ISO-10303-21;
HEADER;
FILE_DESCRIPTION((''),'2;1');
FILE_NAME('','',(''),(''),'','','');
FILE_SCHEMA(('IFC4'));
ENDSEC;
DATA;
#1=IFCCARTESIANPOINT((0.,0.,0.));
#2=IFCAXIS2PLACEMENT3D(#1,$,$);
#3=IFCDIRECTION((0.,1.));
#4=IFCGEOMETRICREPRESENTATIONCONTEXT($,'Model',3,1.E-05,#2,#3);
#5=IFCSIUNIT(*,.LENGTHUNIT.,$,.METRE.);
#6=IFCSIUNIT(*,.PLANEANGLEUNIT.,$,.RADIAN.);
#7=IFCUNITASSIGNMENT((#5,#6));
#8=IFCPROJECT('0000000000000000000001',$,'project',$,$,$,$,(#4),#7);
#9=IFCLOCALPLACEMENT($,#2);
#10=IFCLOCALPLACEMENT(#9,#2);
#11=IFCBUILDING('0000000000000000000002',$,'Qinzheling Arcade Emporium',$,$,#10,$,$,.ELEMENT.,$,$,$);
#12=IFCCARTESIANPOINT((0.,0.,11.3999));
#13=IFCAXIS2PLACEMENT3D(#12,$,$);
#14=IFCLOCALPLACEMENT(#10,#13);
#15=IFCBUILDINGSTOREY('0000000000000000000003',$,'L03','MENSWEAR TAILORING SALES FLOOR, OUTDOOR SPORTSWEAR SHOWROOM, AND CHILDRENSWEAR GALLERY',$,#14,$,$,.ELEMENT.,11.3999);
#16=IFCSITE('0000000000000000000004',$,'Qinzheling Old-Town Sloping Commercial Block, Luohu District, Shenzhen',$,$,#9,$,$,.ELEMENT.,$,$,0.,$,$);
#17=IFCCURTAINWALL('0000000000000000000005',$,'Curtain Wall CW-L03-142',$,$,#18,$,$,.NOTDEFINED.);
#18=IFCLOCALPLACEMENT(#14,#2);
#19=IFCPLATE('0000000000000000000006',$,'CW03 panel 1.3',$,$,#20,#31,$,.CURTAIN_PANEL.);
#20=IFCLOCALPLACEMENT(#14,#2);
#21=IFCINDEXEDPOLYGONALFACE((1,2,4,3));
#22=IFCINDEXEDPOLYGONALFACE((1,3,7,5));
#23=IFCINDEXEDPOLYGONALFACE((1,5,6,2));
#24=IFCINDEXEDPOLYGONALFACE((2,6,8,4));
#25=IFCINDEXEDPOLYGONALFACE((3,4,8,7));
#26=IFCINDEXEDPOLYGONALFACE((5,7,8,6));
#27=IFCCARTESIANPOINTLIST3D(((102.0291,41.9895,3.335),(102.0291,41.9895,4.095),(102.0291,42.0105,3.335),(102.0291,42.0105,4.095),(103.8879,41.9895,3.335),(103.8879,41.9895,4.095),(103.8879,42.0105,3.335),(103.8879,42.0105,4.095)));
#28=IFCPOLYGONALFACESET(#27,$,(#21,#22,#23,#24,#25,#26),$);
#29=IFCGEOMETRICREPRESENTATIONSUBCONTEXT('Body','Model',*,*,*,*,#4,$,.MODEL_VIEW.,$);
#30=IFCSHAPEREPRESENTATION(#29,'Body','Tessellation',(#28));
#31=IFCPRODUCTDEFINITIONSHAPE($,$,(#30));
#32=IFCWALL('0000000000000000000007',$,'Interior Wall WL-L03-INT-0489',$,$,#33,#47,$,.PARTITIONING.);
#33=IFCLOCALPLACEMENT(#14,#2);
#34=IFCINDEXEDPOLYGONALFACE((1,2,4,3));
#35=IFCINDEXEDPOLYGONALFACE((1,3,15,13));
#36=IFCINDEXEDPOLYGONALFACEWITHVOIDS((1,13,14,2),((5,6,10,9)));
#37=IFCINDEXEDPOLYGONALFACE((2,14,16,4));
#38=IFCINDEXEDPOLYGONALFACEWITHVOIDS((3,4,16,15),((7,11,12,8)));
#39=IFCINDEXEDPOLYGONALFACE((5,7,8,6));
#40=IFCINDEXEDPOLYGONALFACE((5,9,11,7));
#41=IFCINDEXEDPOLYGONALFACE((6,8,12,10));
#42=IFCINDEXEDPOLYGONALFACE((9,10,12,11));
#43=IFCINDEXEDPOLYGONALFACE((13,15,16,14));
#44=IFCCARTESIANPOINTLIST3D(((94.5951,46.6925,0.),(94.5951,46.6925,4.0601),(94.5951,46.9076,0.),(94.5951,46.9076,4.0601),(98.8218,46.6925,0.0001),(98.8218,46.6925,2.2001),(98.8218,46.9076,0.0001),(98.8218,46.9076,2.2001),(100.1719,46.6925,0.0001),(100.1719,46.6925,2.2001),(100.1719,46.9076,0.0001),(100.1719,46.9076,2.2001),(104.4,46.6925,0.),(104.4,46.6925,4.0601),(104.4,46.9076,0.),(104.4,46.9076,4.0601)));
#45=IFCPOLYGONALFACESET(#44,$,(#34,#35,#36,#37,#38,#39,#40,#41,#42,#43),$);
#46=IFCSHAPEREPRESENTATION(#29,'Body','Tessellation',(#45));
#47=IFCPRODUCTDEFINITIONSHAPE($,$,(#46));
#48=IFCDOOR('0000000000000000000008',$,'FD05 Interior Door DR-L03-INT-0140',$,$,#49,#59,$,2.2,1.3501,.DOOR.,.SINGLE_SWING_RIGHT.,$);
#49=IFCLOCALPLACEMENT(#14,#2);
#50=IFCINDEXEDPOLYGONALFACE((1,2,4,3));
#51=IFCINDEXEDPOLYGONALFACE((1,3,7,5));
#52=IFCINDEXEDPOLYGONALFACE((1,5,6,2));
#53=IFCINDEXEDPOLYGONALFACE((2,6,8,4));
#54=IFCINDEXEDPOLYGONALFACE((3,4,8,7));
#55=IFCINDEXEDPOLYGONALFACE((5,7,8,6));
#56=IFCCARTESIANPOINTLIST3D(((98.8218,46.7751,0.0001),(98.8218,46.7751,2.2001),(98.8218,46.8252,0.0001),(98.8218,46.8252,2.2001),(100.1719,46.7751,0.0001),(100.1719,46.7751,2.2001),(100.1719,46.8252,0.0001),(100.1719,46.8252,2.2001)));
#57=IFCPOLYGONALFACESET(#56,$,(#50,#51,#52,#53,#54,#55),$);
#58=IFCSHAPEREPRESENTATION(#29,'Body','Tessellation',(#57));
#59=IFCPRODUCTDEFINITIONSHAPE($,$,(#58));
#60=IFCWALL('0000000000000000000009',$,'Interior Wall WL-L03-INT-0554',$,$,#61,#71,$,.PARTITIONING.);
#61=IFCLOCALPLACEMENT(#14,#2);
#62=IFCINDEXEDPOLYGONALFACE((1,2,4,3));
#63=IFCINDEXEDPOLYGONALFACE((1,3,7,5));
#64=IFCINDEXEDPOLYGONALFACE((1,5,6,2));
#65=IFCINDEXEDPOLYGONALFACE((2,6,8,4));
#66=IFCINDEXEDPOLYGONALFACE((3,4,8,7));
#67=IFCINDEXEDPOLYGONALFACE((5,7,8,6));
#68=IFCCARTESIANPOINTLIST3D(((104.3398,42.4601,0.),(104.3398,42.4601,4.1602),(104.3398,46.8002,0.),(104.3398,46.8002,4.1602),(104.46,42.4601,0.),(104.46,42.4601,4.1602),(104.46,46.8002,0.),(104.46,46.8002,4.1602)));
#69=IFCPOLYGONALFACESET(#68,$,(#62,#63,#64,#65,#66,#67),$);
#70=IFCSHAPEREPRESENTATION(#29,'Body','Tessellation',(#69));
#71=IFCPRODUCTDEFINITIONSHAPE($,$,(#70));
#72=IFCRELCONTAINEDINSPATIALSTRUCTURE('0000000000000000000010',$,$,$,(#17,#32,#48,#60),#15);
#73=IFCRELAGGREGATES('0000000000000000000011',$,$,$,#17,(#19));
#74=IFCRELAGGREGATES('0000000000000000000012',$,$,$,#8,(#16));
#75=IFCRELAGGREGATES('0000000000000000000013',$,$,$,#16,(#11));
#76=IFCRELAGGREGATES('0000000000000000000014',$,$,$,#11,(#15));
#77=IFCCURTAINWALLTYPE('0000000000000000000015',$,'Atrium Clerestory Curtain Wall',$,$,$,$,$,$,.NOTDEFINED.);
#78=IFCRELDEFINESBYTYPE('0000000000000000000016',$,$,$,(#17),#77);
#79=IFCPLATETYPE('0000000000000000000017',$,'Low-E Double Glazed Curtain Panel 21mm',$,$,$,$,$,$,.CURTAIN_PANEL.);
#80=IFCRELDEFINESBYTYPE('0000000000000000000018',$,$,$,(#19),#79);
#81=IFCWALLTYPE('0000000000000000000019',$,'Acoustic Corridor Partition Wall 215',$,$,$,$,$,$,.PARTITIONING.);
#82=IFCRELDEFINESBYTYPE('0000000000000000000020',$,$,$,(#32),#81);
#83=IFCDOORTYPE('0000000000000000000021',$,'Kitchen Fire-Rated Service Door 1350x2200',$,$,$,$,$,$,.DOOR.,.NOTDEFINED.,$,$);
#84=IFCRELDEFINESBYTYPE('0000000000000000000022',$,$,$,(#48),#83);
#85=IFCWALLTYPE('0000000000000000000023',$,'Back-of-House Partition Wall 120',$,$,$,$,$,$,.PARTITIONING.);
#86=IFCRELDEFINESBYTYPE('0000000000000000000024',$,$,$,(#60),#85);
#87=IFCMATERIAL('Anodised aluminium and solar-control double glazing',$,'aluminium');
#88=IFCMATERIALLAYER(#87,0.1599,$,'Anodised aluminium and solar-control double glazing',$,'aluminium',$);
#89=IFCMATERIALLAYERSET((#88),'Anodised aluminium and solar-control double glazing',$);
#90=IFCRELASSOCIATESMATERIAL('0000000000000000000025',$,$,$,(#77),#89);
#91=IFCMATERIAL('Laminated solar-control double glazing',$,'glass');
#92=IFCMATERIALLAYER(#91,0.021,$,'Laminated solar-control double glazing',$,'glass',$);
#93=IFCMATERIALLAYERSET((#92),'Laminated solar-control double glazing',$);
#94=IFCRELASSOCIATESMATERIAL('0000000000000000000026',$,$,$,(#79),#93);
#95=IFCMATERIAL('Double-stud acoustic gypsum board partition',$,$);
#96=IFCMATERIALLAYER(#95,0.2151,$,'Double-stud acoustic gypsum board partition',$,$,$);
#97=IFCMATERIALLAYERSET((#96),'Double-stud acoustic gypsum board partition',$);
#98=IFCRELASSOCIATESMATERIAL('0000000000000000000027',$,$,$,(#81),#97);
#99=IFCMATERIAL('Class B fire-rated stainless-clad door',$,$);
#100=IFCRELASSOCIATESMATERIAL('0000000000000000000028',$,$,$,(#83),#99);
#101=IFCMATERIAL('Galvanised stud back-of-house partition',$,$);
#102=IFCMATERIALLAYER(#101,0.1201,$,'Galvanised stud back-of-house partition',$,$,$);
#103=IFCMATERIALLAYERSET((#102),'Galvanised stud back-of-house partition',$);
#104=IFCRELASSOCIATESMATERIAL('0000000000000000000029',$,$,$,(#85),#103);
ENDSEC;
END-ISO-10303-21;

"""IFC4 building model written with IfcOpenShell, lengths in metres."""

from ifc_helpers import new_model, si_unit, direction, frame, frame_2d, origin, origin_2d, place, context, subcontext, project, spatial, rectangle, extrude, material, layer, layer_set, type_object, element, fill, aggregate, save


model = new_model("IFC4")

# Units and contexts
model_context = context("Model", 3, precision=1e-05, world=origin(), true_north=direction((0.0, 1.0)))
body_context = subcontext(model_context, "Body", "Model", "MODEL_VIEW")
ifc_project = project(units=[si_unit("LENGTHUNIT", "METRE"), si_unit("PLANEANGLEUNIT", "RADIAN")], contexts=[model_context])

# Site, building, storey
site_placement = place(None, origin())
site = spatial("IfcSite", under=ifc_project, at=site_placement, Name="Qinzheling Old-Town Sloping Commercial Block, Luohu District, Shenzhen", CompositionType="ELEMENT", RefElevation=0.0)
building_placement = place(site_placement, origin())
building = spatial("IfcBuilding", under=site, at=building_placement, Name="Qinzheling Arcade Emporium", CompositionType="ELEMENT")
storey_placement = place(building_placement, frame((0.0, 0.0, 11.3999)))
storey = spatial("IfcBuildingStorey", under=building, at=storey_placement, Name="L03", Description="MENSWEAR TAILORING SALES FLOOR, OUTDOOR SPORTSWEAR SHOWROOM, AND CHILDRENSWEAR GALLERY", CompositionType="ELEMENT", Elevation=11.3999)

# Curtain wall
ifc_material_1 = material(Name="Anodised aluminium and solar-control double glazing", Category="aluminium")
ifc_layer_1 = layer(ifc_material_1, 0.1599, Name="Anodised aluminium and solar-control double glazing", Category="aluminium")
ifc_layer_set_1 = layer_set([ifc_layer_1], Name="Anodised aluminium and solar-control double glazing")
curtain_wall_type = type_object("IfcCurtainWallType", Name="Atrium Clerestory Curtain Wall", PredefinedType="NOTDEFINED", material=ifc_layer_set_1)
curtain_wall_placement = place(storey_placement, origin())
curtain_wall = element("IfcCurtainWall", 1, at=curtain_wall_placement, inside=storey, type_object=curtain_wall_type, Name="Curtain Wall CW-L03-142", PredefinedType="NOTDEFINED")

# Plate
ifc_material_2 = material(Name="Laminated solar-control double glazing", Category="glass")
ifc_layer_2 = layer(ifc_material_2, 0.021, Name="Laminated solar-control double glazing", Category="glass")
ifc_layer_set_2 = layer_set([ifc_layer_2], Name="Laminated solar-control double glazing")
plate_type = type_object("IfcPlateType", Name="Low-E Double Glazed Curtain Panel 21mm", PredefinedType="CURTAIN_PANEL", material=ifc_layer_set_2)
plate_1_placement = place(storey_placement, frame((102.9585, 42.0, 3.335), z_axis=(0.0, 0.0, 1.0), x_axis=(-1.0, 0.0, 0.0)))
plate_1 = element("IfcPlate", 2, at=plate_1_placement, type_object=plate_type, Name="CW03 panel 1.3", PredefinedType="CURTAIN_PANEL", context=body_context, shape_type="SweptSolid", body=[
    extrude(rectangle(XDim=1.8589, YDim=0.021, at=origin_2d()), origin(), (0.0, 0.0, 1.0), 0.76),
])
aggregate(curtain_wall, [plate_1])

# Wall, opening, door
ifc_material_3 = material(Name="Double-stud acoustic gypsum board partition")
ifc_layer_3 = layer(ifc_material_3, 0.2151, Name="Double-stud acoustic gypsum board partition")
ifc_layer_set_3 = layer_set([ifc_layer_3], Name="Double-stud acoustic gypsum board partition")
wall_type_1 = type_object("IfcWallType", Name="Acoustic Corridor Partition Wall 215", PredefinedType="PARTITIONING", material=ifc_layer_set_3)
wall_1_placement = place(storey_placement, frame((104.3999, 46.8, 0.0), z_axis=(0.0, 0.0, 1.0), x_axis=(-1.0, 0.0, 0.0)))
wall_1 = element("IfcWall", 3, at=wall_1_placement, inside=storey, type_object=wall_type_1, Name="Interior Wall WL-L03-INT-0489", PredefinedType="PARTITIONING", context=body_context, shape_type="SweptSolid", body=[
    extrude(rectangle(XDim=9.8049, YDim=0.2151, at=frame_2d((4.9023, 0.0))), origin(), (0.0, 0.0, 1.0), 4.0601),
])
opening_placement = place(wall_1_placement, frame((4.228, 0.0, 0.0)))
opening = element("IfcOpeningElement", 4, at=opening_placement, cuts=wall_1, PredefinedType="OPENING", context=body_context, shape_type="SweptSolid", body=[
    extrude(rectangle(XDim=1.3501, YDim=2.2, at=frame_2d((0.675, 1.1001))), frame((0.0, 0.1177, 0.0), z_axis=(0.0, -1.0, 0.0), x_axis=(1.0, 0.0, 0.0)), (0.0, 0.0, 1.0), 0.2351),
])
ifc_material_4 = material(Name="Class B fire-rated stainless-clad door")
door_type = type_object("IfcDoorType", Name="Kitchen Fire-Rated Service Door 1350x2200", OperationType="NOTDEFINED", PredefinedType="DOOR", material=ifc_material_4)
door_placement = place(opening_placement, origin())
door = element("IfcDoor", 5, at=door_placement, inside=storey, type_object=door_type, Name="FD05 Interior Door DR-L03-INT-0140", OperationType="SINGLE_SWING_RIGHT", OverallHeight=2.2, OverallWidth=1.3501, PredefinedType="DOOR", context=body_context, shape_type="SweptSolid", body=[
    extrude(rectangle(XDim=1.3501, YDim=2.2, at=frame_2d((0.675, 1.1001))), frame((0.0, 0.0249, 0.0), z_axis=(0.0, -1.0, 0.0), x_axis=(1.0, 0.0, 0.0)), (0.0, 0.0, 1.0), 0.05),
])
fill(opening, door)

# Wall
ifc_material_5 = material(Name="Galvanised stud back-of-house partition")
ifc_layer_4 = layer(ifc_material_5, 0.1201, Name="Galvanised stud back-of-house partition")
ifc_layer_set_4 = layer_set([ifc_layer_4], Name="Galvanised stud back-of-house partition")
wall_type_2 = type_object("IfcWallType", Name="Back-of-House Partition Wall 120", PredefinedType="PARTITIONING", material=ifc_layer_set_4)
wall_2_placement = place(storey_placement, frame((104.3999, 46.8, 0.0), z_axis=(0.0, 0.0, 1.0), x_axis=(0.0, -1.0, 0.0)))
element("IfcWall", 6, at=wall_2_placement, inside=storey, type_object=wall_type_2, Name="Interior Wall WL-L03-INT-0554", PredefinedType="PARTITIONING", context=body_context, shape_type="SweptSolid", body=[
    extrude(rectangle(XDim=4.3401, YDim=0.1201, at=frame_2d((2.1699, 0.0))), origin(), (0.0, 0.0, 1.0), 4.1602),
])

save(model, "model.ifc")
